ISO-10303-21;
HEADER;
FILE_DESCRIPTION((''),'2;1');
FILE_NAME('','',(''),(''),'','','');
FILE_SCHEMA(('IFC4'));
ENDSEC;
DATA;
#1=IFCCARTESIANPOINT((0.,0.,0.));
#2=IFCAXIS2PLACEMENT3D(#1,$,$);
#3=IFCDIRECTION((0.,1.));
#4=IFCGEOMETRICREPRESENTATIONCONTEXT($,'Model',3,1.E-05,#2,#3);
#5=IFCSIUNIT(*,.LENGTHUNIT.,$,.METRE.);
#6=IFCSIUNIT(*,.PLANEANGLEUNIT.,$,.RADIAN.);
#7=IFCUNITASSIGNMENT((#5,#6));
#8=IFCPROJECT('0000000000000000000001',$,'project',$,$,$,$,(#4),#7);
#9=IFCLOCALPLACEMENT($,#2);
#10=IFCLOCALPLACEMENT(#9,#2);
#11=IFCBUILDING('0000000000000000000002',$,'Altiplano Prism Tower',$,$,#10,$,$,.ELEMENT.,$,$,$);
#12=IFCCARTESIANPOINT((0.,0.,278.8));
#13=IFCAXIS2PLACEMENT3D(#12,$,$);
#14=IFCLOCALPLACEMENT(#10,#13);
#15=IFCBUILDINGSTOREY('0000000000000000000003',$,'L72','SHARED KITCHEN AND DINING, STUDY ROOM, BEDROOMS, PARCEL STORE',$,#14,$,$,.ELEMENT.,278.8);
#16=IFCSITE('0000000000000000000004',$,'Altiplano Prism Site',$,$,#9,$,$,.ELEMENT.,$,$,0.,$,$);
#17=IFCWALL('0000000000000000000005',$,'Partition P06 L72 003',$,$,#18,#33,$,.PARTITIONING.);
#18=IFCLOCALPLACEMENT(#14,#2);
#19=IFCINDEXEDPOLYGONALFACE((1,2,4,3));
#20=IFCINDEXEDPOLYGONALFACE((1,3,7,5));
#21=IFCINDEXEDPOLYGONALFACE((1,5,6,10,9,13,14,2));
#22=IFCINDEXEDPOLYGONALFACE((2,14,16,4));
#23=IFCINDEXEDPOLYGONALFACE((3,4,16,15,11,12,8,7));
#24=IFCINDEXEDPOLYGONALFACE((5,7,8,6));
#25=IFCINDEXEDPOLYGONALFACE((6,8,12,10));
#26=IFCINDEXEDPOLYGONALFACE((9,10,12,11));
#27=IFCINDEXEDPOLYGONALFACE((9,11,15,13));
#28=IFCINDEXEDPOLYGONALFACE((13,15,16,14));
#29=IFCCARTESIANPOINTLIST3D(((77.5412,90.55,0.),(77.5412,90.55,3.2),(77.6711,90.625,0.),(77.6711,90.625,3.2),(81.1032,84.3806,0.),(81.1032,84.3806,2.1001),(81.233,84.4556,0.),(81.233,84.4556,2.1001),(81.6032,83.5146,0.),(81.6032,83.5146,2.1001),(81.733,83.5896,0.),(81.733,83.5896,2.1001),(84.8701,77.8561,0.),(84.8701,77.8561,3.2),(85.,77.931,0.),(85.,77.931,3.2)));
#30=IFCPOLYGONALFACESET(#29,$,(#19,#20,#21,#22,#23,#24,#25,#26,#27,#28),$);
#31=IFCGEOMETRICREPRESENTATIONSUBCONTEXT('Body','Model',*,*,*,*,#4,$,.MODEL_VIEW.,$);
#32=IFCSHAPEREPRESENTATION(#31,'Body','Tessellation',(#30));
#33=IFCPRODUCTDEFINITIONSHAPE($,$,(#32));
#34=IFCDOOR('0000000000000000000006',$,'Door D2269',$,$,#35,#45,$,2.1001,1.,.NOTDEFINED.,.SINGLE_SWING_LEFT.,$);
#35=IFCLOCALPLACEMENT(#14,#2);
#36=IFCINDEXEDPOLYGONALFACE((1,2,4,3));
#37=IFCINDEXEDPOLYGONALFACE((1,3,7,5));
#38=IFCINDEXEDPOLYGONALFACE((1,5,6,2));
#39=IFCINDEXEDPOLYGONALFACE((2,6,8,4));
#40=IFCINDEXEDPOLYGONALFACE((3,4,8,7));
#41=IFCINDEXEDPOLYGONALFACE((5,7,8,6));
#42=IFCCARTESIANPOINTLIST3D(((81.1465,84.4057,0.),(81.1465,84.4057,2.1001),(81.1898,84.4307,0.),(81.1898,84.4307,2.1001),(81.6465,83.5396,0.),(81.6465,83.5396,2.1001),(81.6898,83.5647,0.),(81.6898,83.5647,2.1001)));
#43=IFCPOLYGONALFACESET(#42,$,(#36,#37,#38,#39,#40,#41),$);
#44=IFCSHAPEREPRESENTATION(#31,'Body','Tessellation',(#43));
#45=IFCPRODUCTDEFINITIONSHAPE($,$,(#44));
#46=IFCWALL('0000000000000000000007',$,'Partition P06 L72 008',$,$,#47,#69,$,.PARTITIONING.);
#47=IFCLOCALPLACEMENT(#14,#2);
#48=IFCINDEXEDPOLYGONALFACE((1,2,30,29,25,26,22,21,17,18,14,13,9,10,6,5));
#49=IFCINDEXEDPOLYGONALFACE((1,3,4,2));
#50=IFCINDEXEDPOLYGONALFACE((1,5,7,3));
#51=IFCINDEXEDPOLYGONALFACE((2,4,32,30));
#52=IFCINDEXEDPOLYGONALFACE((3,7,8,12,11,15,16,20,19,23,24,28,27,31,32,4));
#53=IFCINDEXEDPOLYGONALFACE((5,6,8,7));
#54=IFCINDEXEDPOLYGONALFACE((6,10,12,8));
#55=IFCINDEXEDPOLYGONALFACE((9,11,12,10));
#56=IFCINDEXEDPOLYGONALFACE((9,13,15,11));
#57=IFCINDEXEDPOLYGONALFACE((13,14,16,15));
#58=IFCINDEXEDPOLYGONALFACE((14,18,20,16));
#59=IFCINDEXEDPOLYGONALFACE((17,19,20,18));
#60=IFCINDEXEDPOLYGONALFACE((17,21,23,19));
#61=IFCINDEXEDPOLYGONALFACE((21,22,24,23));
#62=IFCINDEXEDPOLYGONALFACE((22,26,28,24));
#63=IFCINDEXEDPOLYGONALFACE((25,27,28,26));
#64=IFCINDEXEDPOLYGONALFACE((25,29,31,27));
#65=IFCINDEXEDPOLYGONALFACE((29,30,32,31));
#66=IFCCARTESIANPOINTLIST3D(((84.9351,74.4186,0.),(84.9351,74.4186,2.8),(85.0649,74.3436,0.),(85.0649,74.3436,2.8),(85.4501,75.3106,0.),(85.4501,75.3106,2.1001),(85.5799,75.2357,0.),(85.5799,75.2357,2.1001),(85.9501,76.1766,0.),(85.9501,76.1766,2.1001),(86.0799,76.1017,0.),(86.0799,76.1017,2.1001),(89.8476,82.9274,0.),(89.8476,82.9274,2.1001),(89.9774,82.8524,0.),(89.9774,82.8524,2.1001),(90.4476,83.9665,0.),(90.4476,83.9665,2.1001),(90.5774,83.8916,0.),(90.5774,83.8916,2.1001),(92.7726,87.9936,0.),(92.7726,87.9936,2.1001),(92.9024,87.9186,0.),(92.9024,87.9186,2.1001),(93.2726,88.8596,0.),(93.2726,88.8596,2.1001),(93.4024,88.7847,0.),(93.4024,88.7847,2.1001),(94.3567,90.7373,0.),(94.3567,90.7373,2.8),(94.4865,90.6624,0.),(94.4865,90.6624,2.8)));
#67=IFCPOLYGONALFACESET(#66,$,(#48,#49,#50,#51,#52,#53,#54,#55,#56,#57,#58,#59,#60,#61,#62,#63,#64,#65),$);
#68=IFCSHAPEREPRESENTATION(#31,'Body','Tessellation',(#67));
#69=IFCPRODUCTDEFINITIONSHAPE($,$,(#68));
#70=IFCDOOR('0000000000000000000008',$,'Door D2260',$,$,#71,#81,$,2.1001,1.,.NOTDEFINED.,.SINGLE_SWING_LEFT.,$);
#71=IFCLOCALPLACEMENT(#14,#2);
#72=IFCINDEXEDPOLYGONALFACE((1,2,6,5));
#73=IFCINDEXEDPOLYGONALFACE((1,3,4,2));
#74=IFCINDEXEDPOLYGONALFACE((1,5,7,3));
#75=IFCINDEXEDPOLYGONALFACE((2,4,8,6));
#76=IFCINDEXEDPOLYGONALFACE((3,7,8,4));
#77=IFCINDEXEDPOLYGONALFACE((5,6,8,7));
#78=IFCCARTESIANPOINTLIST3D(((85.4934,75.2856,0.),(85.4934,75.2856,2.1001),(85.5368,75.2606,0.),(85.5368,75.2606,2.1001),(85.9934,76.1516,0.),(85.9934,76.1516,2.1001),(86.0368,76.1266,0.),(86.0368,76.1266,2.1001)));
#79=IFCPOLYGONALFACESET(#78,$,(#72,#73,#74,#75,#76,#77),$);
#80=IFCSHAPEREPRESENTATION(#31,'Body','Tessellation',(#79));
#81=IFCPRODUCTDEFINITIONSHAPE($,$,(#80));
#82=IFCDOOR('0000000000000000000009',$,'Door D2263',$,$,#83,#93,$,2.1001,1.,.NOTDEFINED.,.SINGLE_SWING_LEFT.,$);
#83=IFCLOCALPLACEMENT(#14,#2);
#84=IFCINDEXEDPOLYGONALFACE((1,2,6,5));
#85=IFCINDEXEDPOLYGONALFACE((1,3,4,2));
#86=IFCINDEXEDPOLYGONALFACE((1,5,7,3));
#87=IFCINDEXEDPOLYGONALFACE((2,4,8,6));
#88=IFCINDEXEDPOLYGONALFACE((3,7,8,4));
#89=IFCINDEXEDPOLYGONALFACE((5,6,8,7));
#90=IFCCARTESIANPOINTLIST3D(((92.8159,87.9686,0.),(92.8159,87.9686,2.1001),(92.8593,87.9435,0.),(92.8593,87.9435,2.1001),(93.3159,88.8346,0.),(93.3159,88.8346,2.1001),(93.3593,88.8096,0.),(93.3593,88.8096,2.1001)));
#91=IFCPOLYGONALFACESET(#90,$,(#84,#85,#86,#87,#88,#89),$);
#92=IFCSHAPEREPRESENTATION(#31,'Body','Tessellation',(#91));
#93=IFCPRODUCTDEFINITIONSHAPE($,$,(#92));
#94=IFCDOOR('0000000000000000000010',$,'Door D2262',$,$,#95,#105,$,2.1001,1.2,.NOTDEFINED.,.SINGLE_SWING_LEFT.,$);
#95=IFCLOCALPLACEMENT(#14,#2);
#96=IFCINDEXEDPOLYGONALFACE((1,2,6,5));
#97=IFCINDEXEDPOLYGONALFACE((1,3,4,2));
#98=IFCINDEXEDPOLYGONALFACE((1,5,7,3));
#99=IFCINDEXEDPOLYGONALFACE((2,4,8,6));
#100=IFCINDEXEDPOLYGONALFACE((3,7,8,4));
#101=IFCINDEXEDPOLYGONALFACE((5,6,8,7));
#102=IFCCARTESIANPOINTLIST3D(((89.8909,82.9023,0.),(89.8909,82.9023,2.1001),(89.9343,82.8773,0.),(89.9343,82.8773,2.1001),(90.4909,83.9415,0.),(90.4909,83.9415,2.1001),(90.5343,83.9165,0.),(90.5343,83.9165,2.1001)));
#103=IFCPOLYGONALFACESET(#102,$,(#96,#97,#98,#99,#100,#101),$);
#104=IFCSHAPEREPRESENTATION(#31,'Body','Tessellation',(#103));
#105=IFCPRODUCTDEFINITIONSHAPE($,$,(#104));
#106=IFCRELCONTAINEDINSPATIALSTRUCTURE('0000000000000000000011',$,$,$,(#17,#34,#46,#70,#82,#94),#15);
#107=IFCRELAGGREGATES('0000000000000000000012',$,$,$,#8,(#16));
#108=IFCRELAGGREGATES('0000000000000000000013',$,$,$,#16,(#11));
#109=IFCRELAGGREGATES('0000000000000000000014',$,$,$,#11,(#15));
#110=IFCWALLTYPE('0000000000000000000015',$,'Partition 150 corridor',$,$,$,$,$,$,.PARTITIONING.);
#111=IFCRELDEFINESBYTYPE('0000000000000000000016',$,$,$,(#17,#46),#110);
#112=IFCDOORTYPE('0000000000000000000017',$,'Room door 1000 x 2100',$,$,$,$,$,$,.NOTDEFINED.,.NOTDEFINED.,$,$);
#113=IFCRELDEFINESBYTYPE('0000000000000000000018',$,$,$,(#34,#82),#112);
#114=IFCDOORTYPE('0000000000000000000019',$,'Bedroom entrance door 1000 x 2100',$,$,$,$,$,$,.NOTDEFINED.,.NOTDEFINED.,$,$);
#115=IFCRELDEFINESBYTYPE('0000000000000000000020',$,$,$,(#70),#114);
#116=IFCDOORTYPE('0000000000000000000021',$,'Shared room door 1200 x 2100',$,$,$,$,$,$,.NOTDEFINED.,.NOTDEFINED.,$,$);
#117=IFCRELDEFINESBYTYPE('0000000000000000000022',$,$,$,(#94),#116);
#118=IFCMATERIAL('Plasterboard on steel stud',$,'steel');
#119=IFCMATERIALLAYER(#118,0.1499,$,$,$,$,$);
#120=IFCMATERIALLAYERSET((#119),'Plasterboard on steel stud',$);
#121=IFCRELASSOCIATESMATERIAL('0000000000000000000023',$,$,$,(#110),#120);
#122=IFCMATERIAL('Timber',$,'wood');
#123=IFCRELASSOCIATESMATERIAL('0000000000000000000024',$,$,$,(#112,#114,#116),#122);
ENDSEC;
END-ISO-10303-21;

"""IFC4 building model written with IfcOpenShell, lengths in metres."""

from ifc_helpers import new_model, si_unit, direction, frame, frame_2d, origin, place, context, subcontext, project, spatial, rectangle, extrude, material, layer, layer_set, type_object, element, fill, save


model = new_model("IFC4")

# Units and contexts
model_context = context("Model", 3, precision=1e-05, world=origin(), true_north=direction((0.0, 1.0)))
body_context = subcontext(model_context, "Body", "Model", "MODEL_VIEW")
ifc_project = project(units=[si_unit("LENGTHUNIT", "METRE"), si_unit("PLANEANGLEUNIT", "RADIAN")], contexts=[model_context])

# Site, building, storey
site_placement = place(None, origin())
site = spatial("IfcSite", under=ifc_project, at=site_placement, Name="Altiplano Prism Site", CompositionType="ELEMENT", RefElevation=0.0)
building_placement = place(site_placement, origin())
building = spatial("IfcBuilding", under=site, at=building_placement, Name="Altiplano Prism Tower", CompositionType="ELEMENT")
storey_placement = place(building_placement, frame((0.0, 0.0, 278.8)))
storey = spatial("IfcBuildingStorey", under=building, at=storey_placement, Name="L72", Description="SHARED KITCHEN AND DINING, STUDY ROOM, BEDROOMS, PARCEL STORE", CompositionType="ELEMENT", Elevation=278.8)

# Shared definitions
ifc_material_1 = material(Name="Plasterboard on steel stud", Category="steel")

# Shared definitions
ifc_material_2 = material(Name="Timber", Category="wood")

# Wall, opening, door
ifc_layer_1 = layer(ifc_material_1, 0.1499)
ifc_layer_set_1 = layer_set([ifc_layer_1], Name="Plasterboard on steel stud")
wall_type_1 = type_object("IfcWallType", Name="Partition 150 corridor", PredefinedType="PARTITIONING", material=ifc_layer_set_1)
wall_1_placement = place(storey_placement, frame((84.9351, 77.8936, 0.0), z_axis=(0.0, 0.0, 1.0), x_axis=(-0.500003, 0.866024, 0.0)))
wall_1 = element("IfcWall", 1, at=wall_1_placement, inside=storey, type_object=wall_type_1, Name="Partition P06 L72 003", PredefinedType="PARTITIONING", context=body_context, shape_type="SweptSolid", body=[
    extrude(rectangle(XDim=14.6577, YDim=0.1499, at=frame_2d((7.3289, 0.0))), origin(), (0.0, 0.0, 1.0), 3.2),
])
opening_1_placement = place(wall_1_placement, frame((6.5339, 0.0, 0.0)))
opening_1 = element("IfcOpeningElement", 2, at=opening_1_placement, cuts=wall_1, PredefinedType="OPENING", context=body_context, shape_type="SweptSolid", body=[
    extrude(rectangle(XDim=1.0, YDim=2.1001, at=frame_2d((0.5, 1.05))), frame((0.0, 0.0854, 0.0), z_axis=(0.0, -1.0, 0.0), x_axis=(1.0, 0.0, 0.0)), (0.0, 0.0, 1.0), 0.1709),
])
door_type_1 = type_object("IfcDoorType", Name="Room door 1000 x 2100", OperationType="NOTDEFINED", PredefinedType="NOTDEFINED", material=ifc_material_2)
door_1_placement = place(opening_1_placement, origin())
door_1 = element("IfcDoor", 3, at=door_1_placement, inside=storey, type_object=door_type_1, Name="Door D2269", OperationType="SINGLE_SWING_LEFT", OverallHeight=2.1001, OverallWidth=1.0, PredefinedType="NOTDEFINED", context=body_context, shape_type="SweptSolid", body=[
    extrude(rectangle(XDim=1.0, YDim=2.1001, at=frame_2d((0.5, 1.05))), frame((0.0, 0.0249, 0.0), z_axis=(0.0, -1.0, 0.0), x_axis=(1.0, 0.0, 0.0)), (0.0, 0.0, 1.0), 0.05),
])
fill(opening_1, door_1)

# Wall, openings, doors
wall_2_placement = place(storey_placement, frame((85.0, 74.3811, 0.0), z_axis=(0.0, 0.0, 1.0), x_axis=(0.499998, 0.866027, 0.0)))
wall_2 = element("IfcWall", 4, at=wall_2_placement, inside=storey, type_object=wall_type_1, Name="Partition P06 L72 008", PredefinedType="PARTITIONING", context=body_context, shape_type="SweptSolid", body=[
    extrude(rectangle(XDim=18.8433, YDim=0.1499, at=frame_2d((9.4216, 0.0))), origin(), (0.0, 0.0, 1.0), 2.8),
])
opening_2_placement = place(wall_2_placement, frame((1.03, 0.0, 0.0)))
opening_2 = element("IfcOpeningElement", 5, at=opening_2_placement, cuts=wall_2, PredefinedType="OPENING", context=body_context, shape_type="SweptSolid", body=[
    extrude(rectangle(XDim=1.0, YDim=2.1001, at=frame_2d((0.5, 1.05))), frame((0.0, 0.0854, 0.0), z_axis=(0.0, -1.0, 0.0), x_axis=(1.0, 0.0, 0.0)), (0.0, 0.0, 1.0), 0.1709),
])
opening_3_placement = place(wall_2_placement, frame((9.825, 0.0, 0.0)))
opening_3 = element("IfcOpeningElement", 6, at=opening_3_placement, cuts=wall_2, PredefinedType="OPENING", context=body_context, shape_type="SweptSolid", body=[
    extrude(rectangle(XDim=1.2, YDim=2.1001, at=frame_2d((0.6001, 1.05))), frame((0.0, 0.0854, 0.0), z_axis=(0.0, -1.0, 0.0), x_axis=(1.0, 0.0, 0.0)), (0.0, 0.0, 1.0), 0.1709),
])
opening_4_placement = place(wall_2_placement, frame((15.675, 0.0, 0.0)))
opening_4 = element("IfcOpeningElement", 7, at=opening_4_placement, cuts=wall_2, PredefinedType="OPENING", context=body_context, shape_type="SweptSolid", body=[
    extrude(rectangle(XDim=1.0, YDim=2.1001, at=frame_2d((0.5, 1.05))), frame((0.0, 0.0854, 0.0), z_axis=(0.0, -1.0, 0.0), x_axis=(1.0, 0.0, 0.0)), (0.0, 0.0, 1.0), 0.1709),
])
door_type_2 = type_object("IfcDoorType", Name="Bedroom entrance door 1000 x 2100", OperationType="NOTDEFINED", PredefinedType="NOTDEFINED", material=ifc_material_2)
door_2_placement = place(opening_2_placement, origin())
door_2 = element("IfcDoor", 8, at=door_2_placement, inside=storey, type_object=door_type_2, Name="Door D2260", OperationType="SINGLE_SWING_LEFT", OverallHeight=2.1001, OverallWidth=1.0, PredefinedType="NOTDEFINED", context=body_context, shape_type="SweptSolid", body=[
    extrude(rectangle(XDim=1.0, YDim=2.1001, at=frame_2d((0.5, 1.05))), frame((0.0, 0.0249, 0.0), z_axis=(0.0, -1.0, 0.0), x_axis=(1.0, 0.0, 0.0)), (0.0, 0.0, 1.0), 0.05),
])
fill(opening_2, door_2)
door_3_placement = place(opening_4_placement, origin())
door_3 = element("IfcDoor", 9, at=door_3_placement, inside=storey, type_object=door_type_1, Name="Door D2263", OperationType="SINGLE_SWING_LEFT", OverallHeight=2.1001, OverallWidth=1.0, PredefinedType="NOTDEFINED", context=body_context, shape_type="SweptSolid", body=[
    extrude(rectangle(XDim=1.0, YDim=2.1001, at=frame_2d((0.5, 1.05))), frame((0.0, 0.0249, 0.0), z_axis=(0.0, -1.0, 0.0), x_axis=(1.0, 0.0, 0.0)), (0.0, 0.0, 1.0), 0.05),
])
fill(opening_4, door_3)
door_type_3 = type_object("IfcDoorType", Name="Shared room door 1200 x 2100", OperationType="NOTDEFINED", PredefinedType="NOTDEFINED", material=ifc_material_2)
door_4_placement = place(opening_3_placement, origin())
door_4 = element("IfcDoor", 10, at=door_4_placement, inside=storey, type_object=door_type_3, Name="Door D2262", OperationType="SINGLE_SWING_LEFT", OverallHeight=2.1001, OverallWidth=1.2, PredefinedType="NOTDEFINED", context=body_context, shape_type="SweptSolid", body=[
    extrude(rectangle(XDim=1.2, YDim=2.1001, at=frame_2d((0.6001, 1.05))), frame((0.0, 0.0249, 0.0), z_axis=(0.0, -1.0, 0.0), x_axis=(1.0, 0.0, 0.0)), (0.0, 0.0, 1.0), 0.05),
])
fill(opening_3, door_4)

save(model, "model.ifc")
